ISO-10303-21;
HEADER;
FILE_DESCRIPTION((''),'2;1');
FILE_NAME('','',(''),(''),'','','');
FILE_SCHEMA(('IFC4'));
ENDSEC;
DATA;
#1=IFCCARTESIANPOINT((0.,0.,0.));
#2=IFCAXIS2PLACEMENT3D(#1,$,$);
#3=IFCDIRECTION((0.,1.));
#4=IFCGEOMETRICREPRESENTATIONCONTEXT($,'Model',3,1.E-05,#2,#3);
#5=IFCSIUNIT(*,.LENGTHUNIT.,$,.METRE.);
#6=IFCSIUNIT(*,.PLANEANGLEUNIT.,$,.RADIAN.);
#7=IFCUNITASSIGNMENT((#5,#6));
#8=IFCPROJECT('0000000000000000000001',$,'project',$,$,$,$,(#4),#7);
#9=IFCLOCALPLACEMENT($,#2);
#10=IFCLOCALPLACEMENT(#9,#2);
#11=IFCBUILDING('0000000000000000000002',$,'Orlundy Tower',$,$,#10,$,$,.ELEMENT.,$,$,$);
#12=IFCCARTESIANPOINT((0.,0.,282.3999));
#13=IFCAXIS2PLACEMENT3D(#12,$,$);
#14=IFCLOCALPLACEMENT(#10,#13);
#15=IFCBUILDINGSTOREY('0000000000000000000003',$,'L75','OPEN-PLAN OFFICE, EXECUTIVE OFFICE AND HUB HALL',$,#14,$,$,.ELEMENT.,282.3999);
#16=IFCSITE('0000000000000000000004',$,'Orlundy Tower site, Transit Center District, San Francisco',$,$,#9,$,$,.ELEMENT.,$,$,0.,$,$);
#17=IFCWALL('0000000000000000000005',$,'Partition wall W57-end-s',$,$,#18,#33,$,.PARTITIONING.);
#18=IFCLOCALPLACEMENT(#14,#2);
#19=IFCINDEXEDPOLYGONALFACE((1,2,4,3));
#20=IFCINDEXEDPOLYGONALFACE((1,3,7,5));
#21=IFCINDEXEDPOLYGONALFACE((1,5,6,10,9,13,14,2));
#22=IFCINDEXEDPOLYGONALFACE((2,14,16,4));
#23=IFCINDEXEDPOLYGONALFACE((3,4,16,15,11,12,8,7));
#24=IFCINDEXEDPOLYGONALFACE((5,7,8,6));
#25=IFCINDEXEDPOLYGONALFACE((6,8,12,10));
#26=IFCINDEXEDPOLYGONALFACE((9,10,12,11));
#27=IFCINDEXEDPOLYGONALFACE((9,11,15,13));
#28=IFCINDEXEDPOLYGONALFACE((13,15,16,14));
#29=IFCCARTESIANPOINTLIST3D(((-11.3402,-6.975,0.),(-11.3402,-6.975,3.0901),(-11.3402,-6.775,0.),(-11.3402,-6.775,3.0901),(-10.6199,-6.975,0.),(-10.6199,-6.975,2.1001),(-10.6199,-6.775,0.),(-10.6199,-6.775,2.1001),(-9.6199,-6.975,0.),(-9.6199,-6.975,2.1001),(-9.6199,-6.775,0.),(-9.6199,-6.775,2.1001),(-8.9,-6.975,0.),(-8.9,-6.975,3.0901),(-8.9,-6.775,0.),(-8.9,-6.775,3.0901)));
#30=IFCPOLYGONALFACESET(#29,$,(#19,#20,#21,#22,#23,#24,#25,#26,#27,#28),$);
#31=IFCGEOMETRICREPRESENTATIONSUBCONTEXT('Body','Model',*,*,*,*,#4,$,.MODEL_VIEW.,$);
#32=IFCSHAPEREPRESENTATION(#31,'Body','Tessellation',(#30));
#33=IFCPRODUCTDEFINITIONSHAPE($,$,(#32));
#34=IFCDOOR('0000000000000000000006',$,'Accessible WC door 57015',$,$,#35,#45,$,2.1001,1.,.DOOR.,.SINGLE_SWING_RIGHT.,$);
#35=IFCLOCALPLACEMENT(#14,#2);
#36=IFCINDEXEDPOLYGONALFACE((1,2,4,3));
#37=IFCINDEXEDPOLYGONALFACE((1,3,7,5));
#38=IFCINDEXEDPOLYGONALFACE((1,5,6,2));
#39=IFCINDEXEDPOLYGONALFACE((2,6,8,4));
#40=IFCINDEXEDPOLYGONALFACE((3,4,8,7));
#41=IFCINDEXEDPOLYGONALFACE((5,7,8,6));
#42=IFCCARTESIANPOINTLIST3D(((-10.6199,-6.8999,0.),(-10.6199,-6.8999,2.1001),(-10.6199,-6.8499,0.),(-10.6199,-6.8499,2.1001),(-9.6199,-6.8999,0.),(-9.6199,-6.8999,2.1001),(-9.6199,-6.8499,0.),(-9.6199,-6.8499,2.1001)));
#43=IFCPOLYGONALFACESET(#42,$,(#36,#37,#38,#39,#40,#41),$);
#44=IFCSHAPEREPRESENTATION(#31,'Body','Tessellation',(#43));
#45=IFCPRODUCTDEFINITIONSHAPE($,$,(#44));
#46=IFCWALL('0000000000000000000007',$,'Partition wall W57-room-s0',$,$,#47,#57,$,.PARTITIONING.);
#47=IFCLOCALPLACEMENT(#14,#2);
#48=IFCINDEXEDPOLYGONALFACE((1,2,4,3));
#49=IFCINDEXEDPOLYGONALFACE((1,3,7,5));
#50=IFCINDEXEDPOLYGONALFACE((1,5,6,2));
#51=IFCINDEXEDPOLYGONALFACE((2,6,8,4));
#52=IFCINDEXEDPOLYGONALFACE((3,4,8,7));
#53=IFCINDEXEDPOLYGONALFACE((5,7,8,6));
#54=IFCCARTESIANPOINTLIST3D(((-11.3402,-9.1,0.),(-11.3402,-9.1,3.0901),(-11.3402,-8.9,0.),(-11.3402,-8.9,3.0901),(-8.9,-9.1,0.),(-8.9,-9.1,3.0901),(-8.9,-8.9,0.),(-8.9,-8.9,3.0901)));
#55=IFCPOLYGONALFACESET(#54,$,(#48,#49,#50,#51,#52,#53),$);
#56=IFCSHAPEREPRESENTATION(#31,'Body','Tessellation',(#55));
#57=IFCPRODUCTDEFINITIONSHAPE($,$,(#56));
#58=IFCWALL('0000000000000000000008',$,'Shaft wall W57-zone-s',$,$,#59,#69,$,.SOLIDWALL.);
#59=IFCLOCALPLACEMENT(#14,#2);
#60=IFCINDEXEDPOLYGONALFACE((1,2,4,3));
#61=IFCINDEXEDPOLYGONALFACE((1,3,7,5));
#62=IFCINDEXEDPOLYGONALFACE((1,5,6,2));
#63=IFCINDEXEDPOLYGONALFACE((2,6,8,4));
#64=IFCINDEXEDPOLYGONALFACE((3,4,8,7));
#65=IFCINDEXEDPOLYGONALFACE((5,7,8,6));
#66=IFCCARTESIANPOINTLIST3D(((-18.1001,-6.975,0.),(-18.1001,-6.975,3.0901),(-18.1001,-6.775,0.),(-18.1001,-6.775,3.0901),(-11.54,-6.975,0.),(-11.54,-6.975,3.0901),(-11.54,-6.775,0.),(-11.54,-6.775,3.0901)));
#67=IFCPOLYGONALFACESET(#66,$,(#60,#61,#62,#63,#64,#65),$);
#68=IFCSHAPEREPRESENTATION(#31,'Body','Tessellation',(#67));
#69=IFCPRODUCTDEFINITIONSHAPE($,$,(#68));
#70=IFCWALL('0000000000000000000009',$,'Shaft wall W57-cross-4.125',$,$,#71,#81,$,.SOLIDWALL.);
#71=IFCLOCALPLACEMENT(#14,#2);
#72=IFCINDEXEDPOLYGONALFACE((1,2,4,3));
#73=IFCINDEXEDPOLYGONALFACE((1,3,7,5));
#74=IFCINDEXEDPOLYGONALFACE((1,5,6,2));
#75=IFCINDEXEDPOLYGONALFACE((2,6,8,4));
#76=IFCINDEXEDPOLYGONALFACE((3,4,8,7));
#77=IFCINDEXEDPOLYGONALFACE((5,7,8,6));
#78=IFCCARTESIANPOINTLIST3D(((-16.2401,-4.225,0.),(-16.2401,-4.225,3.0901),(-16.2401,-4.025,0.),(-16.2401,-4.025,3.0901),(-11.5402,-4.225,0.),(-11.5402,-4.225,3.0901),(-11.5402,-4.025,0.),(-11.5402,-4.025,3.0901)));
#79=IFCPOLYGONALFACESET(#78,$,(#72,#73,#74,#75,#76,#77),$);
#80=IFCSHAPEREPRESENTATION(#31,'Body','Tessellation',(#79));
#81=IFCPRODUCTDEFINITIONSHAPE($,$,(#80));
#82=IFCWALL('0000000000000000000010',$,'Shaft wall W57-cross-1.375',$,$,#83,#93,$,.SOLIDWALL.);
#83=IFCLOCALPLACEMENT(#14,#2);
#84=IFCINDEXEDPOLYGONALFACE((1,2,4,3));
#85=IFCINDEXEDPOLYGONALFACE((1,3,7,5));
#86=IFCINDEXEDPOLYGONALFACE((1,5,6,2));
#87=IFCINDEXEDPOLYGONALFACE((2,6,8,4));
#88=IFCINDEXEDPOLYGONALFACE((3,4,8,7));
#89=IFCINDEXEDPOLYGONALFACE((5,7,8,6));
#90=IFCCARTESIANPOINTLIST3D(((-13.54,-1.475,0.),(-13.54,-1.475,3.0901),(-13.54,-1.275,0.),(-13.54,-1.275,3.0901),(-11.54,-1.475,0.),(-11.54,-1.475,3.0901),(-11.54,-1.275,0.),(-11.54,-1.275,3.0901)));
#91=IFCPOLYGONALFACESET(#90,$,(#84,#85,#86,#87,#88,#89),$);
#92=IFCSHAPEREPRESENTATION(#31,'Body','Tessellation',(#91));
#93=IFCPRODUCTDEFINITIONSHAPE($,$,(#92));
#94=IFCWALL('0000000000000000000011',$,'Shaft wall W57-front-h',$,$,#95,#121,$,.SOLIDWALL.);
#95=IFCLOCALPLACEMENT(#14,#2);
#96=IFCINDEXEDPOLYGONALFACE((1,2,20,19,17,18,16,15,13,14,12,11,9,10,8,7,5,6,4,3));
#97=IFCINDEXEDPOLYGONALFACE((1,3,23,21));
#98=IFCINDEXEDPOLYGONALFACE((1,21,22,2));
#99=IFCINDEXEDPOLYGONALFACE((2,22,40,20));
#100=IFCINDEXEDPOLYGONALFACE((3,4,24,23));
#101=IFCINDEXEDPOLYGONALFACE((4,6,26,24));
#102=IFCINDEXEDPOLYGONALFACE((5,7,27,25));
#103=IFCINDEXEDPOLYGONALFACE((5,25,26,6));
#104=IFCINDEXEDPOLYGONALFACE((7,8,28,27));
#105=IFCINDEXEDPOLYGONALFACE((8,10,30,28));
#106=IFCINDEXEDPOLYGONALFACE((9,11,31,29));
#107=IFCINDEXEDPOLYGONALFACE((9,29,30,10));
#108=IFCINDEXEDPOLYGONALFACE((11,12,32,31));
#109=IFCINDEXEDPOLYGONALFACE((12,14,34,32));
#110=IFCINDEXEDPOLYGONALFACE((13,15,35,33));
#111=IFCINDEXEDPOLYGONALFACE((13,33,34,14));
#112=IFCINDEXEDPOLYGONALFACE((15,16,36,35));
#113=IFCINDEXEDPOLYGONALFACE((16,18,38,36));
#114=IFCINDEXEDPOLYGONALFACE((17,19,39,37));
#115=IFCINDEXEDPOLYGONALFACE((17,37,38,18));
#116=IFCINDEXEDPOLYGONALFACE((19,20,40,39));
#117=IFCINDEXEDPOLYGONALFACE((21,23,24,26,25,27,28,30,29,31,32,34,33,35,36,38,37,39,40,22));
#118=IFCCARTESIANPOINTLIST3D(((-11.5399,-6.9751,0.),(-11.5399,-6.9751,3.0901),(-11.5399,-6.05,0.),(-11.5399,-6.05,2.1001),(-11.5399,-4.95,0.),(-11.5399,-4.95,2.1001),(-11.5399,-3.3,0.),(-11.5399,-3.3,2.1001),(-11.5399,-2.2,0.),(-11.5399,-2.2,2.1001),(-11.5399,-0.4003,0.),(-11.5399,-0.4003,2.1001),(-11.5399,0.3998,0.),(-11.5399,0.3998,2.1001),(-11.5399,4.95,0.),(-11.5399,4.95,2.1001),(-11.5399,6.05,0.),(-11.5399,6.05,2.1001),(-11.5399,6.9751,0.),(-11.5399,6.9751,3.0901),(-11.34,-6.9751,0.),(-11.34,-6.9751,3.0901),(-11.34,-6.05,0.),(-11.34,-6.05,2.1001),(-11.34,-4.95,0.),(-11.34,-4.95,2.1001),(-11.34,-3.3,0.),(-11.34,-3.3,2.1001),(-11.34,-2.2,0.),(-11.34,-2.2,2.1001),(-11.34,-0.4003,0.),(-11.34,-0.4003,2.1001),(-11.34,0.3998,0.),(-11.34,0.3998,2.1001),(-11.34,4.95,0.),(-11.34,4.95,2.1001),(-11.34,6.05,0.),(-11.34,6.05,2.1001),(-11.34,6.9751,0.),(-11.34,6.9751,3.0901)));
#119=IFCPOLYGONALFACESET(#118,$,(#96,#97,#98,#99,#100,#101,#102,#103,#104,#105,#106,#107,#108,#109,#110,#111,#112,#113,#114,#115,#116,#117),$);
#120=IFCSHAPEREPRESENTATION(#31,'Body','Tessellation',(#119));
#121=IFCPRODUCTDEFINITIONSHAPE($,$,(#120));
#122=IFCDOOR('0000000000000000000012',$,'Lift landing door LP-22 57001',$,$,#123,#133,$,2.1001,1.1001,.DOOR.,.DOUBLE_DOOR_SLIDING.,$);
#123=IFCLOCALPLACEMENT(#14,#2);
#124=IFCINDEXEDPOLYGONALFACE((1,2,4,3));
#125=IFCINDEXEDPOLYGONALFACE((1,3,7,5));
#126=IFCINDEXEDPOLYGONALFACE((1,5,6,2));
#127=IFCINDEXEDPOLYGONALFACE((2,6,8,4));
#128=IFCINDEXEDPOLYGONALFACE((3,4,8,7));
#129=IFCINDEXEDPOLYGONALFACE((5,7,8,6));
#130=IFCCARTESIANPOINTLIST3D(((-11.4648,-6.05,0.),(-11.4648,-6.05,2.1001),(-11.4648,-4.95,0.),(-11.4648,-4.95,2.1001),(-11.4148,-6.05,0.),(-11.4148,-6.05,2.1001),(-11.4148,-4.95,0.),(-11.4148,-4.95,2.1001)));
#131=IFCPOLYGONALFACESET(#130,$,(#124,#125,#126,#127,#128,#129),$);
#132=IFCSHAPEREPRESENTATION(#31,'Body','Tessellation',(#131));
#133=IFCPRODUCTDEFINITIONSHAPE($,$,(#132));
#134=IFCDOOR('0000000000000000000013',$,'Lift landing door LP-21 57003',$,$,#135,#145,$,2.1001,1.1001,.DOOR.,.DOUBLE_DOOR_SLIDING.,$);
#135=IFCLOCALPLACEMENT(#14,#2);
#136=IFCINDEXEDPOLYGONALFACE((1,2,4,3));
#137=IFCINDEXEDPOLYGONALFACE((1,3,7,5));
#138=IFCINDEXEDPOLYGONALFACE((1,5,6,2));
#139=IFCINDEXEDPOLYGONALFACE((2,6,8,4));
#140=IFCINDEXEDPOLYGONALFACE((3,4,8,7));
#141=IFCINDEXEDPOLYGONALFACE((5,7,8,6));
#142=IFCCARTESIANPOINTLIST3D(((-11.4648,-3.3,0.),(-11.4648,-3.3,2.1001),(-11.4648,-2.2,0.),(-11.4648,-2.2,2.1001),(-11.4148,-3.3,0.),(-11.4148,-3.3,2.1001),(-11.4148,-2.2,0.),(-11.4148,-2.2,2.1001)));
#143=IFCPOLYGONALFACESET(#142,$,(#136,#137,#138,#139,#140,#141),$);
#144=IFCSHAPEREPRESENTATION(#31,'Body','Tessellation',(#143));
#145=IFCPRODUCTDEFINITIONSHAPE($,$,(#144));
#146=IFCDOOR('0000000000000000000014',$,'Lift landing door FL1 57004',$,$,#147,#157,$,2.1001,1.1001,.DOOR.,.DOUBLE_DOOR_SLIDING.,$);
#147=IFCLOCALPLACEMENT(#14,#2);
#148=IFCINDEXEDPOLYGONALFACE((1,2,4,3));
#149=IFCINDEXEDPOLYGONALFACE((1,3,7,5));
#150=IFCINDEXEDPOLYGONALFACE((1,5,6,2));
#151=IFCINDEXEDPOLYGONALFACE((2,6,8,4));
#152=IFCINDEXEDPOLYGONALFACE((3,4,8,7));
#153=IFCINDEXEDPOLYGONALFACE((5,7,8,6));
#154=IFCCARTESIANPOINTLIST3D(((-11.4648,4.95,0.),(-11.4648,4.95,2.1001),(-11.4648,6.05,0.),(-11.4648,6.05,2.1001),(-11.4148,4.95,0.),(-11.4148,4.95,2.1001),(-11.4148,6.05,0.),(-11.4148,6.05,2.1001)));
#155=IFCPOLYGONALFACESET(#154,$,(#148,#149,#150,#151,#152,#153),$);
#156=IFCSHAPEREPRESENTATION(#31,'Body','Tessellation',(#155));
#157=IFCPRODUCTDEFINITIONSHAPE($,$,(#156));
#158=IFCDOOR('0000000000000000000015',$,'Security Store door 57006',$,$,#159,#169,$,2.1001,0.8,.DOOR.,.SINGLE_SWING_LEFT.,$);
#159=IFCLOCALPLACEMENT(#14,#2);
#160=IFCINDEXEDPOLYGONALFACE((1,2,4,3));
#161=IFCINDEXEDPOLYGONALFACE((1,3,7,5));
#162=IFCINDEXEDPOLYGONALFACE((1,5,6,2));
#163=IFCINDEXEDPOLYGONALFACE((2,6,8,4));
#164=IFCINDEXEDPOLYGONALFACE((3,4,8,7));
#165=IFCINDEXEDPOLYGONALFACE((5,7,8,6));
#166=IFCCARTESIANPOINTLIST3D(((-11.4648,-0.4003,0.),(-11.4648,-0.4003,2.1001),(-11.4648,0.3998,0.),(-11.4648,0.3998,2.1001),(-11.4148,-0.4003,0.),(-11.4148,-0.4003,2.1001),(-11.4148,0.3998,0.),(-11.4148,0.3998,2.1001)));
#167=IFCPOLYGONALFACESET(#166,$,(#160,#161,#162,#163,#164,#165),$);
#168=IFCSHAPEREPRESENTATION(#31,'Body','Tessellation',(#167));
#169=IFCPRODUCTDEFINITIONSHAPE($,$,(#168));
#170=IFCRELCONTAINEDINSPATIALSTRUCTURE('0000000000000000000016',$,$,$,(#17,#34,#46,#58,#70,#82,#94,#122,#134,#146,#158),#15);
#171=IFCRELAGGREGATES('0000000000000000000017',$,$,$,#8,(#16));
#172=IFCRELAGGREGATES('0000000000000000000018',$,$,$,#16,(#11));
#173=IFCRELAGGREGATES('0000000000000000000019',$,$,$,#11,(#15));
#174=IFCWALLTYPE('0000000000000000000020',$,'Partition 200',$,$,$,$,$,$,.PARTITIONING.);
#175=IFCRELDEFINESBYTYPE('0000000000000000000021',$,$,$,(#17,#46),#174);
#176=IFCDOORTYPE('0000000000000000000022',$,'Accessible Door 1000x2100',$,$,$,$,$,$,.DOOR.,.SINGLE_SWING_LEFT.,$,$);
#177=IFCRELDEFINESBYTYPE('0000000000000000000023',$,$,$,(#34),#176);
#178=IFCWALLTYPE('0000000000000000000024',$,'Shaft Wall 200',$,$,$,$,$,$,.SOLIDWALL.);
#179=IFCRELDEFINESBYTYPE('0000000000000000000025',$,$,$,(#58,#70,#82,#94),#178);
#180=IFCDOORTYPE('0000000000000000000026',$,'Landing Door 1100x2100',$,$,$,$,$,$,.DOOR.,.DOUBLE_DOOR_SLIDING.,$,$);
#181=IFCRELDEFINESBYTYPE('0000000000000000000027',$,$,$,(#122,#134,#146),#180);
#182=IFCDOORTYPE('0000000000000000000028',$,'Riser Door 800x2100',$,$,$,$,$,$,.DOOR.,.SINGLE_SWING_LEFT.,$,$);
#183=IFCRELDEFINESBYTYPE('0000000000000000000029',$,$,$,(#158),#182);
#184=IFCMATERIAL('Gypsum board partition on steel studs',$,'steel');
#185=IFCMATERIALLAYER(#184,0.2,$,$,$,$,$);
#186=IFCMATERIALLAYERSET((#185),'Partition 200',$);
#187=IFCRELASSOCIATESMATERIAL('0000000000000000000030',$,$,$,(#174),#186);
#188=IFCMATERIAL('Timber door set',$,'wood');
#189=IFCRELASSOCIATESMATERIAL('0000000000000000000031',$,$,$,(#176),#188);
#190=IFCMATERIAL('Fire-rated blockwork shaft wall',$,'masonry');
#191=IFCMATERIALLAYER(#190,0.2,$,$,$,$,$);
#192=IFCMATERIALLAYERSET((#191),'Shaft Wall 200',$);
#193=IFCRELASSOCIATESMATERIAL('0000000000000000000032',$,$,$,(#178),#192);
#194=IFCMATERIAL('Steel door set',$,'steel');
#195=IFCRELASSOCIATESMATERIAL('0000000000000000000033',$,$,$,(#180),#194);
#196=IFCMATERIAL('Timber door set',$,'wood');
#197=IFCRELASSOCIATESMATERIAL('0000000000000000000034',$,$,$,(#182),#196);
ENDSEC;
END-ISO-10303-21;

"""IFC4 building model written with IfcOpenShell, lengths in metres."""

from ifc_helpers import new_model, si_unit, direction, frame, frame_2d, origin, place, context, subcontext, project, spatial, rectangle, extrude, material, layer, layer_set, type_object, element, fill, save


model = new_model("IFC4")

# Units and contexts
model_context = context("Model", 3, precision=1e-05, world=origin(), true_north=direction((0.0, 1.0)))
body_context = subcontext(model_context, "Body", "Model", "MODEL_VIEW")
ifc_project = project(units=[si_unit("LENGTHUNIT", "METRE"), si_unit("PLANEANGLEUNIT", "RADIAN")], contexts=[model_context])

# Site, building, storey
site_placement = place(None, origin())
site = spatial("IfcSite", under=ifc_project, at=site_placement, Name="Orlundy Tower site, Transit Center District, San Francisco", CompositionType="ELEMENT", RefElevation=0.0)
building_placement = place(site_placement, origin())
building = spatial("IfcBuilding", under=site, at=building_placement, Name="Orlundy Tower", CompositionType="ELEMENT")
storey_placement = place(building_placement, frame((0.0, 0.0, 282.3999)))
storey = spatial("IfcBuildingStorey", under=building, at=storey_placement, Name="L75", Description="OPEN-PLAN OFFICE, EXECUTIVE OFFICE AND HUB HALL", CompositionType="ELEMENT", Elevation=282.3999)

# Wall, opening, door
ifc_material_1 = material(Name="Gypsum board partition on steel studs", Category="steel")
ifc_layer_1 = layer(ifc_material_1, 0.2)
ifc_layer_set_1 = layer_set([ifc_layer_1], Name="Partition 200")
wall_type_1 = type_object("IfcWallType", Name="Partition 200", PredefinedType="PARTITIONING", material=ifc_layer_set_1)
wall_1_placement = place(storey_placement, frame((-8.8999, -6.875, 0.0), z_axis=(0.0, 0.0, 1.0), x_axis=(-1.0, 0.0, 0.0)))
wall_1 = element("IfcWall", 1, at=wall_1_placement, inside=storey, type_object=wall_type_1, Name="Partition wall W57-end-s", PredefinedType="PARTITIONING", context=body_context, shape_type="SweptSolid", body=[
    extrude(rectangle(XDim=2.4402, YDim=0.2, at=frame_2d((1.2202, 0.0))), origin(), (0.0, 0.0, 1.0), 3.0901),
])
opening_1_placement = place(wall_1_placement, frame((0.72, 0.0, 0.0)))
opening_1 = element("IfcOpeningElement", 2, at=opening_1_placement, cuts=wall_1, PredefinedType="OPENING", context=body_context, shape_type="SweptSolid", body=[
    extrude(rectangle(XDim=1.0, YDim=2.1001, at=frame_2d((0.5, 1.05))), frame((0.0, 0.1101, 0.0), z_axis=(0.0, -1.0, 0.0), x_axis=(1.0, 0.0, 0.0)), (0.0, 0.0, 1.0), 0.2202),
])
ifc_material_2 = material(Name="Timber door set", Category="wood")
door_type_1 = type_object("IfcDoorType", Name="Accessible Door 1000x2100", OperationType="SINGLE_SWING_LEFT", PredefinedType="DOOR", material=ifc_material_2)
door_1_placement = place(opening_1_placement, origin())
door_1 = element("IfcDoor", 3, at=door_1_placement, inside=storey, type_object=door_type_1, Name="Accessible WC door 57015", OperationType="SINGLE_SWING_RIGHT", OverallHeight=2.1001, OverallWidth=1.0, PredefinedType="DOOR", context=body_context, shape_type="SweptSolid", body=[
    extrude(rectangle(XDim=1.0, YDim=2.1001, at=frame_2d((0.5, 1.05))), frame((0.0, 0.0249, 0.0), z_axis=(0.0, -1.0, 0.0), x_axis=(1.0, 0.0, 0.0)), (0.0, 0.0, 1.0), 0.05),
])
fill(opening_1, door_1)

# Walls
wall_2_placement = place(storey_placement, frame((-8.8999, -9.0, 0.0), z_axis=(0.0, 0.0, 1.0), x_axis=(-1.0, 0.0, 0.0)))
element("IfcWall", 4, at=wall_2_placement, inside=storey, type_object=wall_type_1, Name="Partition wall W57-room-s0", PredefinedType="PARTITIONING", context=body_context, shape_type="SweptSolid", body=[
    extrude(rectangle(XDim=2.4402, YDim=0.2, at=frame_2d((1.2202, 0.0))), origin(), (0.0, 0.0, 1.0), 3.0901),
])
ifc_material_3 = material(Name="Fire-rated blockwork shaft wall", Category="masonry")
ifc_layer_2 = layer(ifc_material_3, 0.2)
ifc_layer_set_2 = layer_set([ifc_layer_2], Name="Shaft Wall 200")
wall_type_2 = type_object("IfcWallType", Name="Shaft Wall 200", PredefinedType="SOLIDWALL", material=ifc_layer_set_2)
wall_3_placement = place(storey_placement, frame((-11.54, -6.875, 0.0), z_axis=(0.0, 0.0, 1.0), x_axis=(-1.0, 0.0, 0.0)))
element("IfcWall", 5, at=wall_3_placement, inside=storey, type_object=wall_type_2, Name="Shaft wall W57-zone-s", PredefinedType="SOLIDWALL", context=body_context, shape_type="SweptSolid", body=[
    extrude(rectangle(XDim=6.5601, YDim=0.2, at=frame_2d((3.28, 0.0))), origin(), (0.0, 0.0, 1.0), 3.0901),
])
wall_4_placement = place(storey_placement, frame((-11.54, -4.125, 0.0), z_axis=(0.0, 0.0, 1.0), x_axis=(-1.0, 0.0, 0.0)))
element("IfcWall", 6, at=wall_4_placement, inside=storey, type_object=wall_type_2, Name="Shaft wall W57-cross-4.125", PredefinedType="SOLIDWALL", context=body_context, shape_type="SweptSolid", body=[
    extrude(rectangle(XDim=4.7, YDim=0.2, at=frame_2d((2.3501, 0.0))), origin(), (0.0, 0.0, 1.0), 3.0901),
])
wall_5_placement = place(storey_placement, frame((-11.54, -1.375, 0.0), z_axis=(0.0, 0.0, 1.0), x_axis=(-1.0, 0.0, 0.0)))
element("IfcWall", 7, at=wall_5_placement, inside=storey, type_object=wall_type_2, Name="Shaft wall W57-cross-1.375", PredefinedType="SOLIDWALL", context=body_context, shape_type="SweptSolid", body=[
    extrude(rectangle(XDim=2.0, YDim=0.2, at=frame_2d((1.0, 0.0))), origin(), (0.0, 0.0, 1.0), 3.0901),
])

# Wall, openings, doors
wall_6_placement = place(storey_placement, frame((-11.4399, -6.9751, 0.0), z_axis=(0.0, 0.0, 1.0), x_axis=(0.0, 1.0, 0.0)))
wall_6 = element("IfcWall", 8, at=wall_6_placement, inside=storey, type_object=wall_type_2, Name="Shaft wall W57-front-h", PredefinedType="SOLIDWALL", context=body_context, shape_type="SweptSolid", body=[
    extrude(rectangle(XDim=13.9502, YDim=0.2, at=frame_2d((6.9751, 0.0))), origin(), (0.0, 0.0, 1.0), 3.0901),
])
opening_2_placement = place(wall_6_placement, frame((0.925, 0.0, 0.0)))
opening_2 = element("IfcOpeningElement", 9, at=opening_2_placement, cuts=wall_6, PredefinedType="OPENING", context=body_context, shape_type="SweptSolid", body=[
    extrude(rectangle(XDim=1.1001, YDim=2.1001, at=frame_2d((0.55, 1.05))), frame((0.0, 0.1101, 0.0), z_axis=(0.0, -1.0, 0.0), x_axis=(1.0, 0.0, 0.0)), (0.0, 0.0, 1.0), 0.2202),
])
opening_3_placement = place(wall_6_placement, frame((3.675, 0.0, 0.0)))
opening_3 = element("IfcOpeningElement", 10, at=opening_3_placement, cuts=wall_6, PredefinedType="OPENING", context=body_context, shape_type="SweptSolid", body=[
    extrude(rectangle(XDim=1.1001, YDim=2.1001, at=frame_2d((0.55, 1.05))), frame((0.0, 0.1101, 0.0), z_axis=(0.0, -1.0, 0.0), x_axis=(1.0, 0.0, 0.0)), (0.0, 0.0, 1.0), 0.2202),
])
opening_4_placement = place(wall_6_placement, frame((11.925, 0.0, 0.0)))
opening_4 = element("IfcOpeningElement", 11, at=opening_4_placement, cuts=wall_6, PredefinedType="OPENING", context=body_context, shape_type="SweptSolid", body=[
    extrude(rectangle(XDim=1.1001, YDim=2.1001, at=frame_2d((0.55, 1.05))), frame((0.0, 0.1101, 0.0), z_axis=(0.0, -1.0, 0.0), x_axis=(1.0, 0.0, 0.0)), (0.0, 0.0, 1.0), 0.2202),
])
opening_5_placement = place(wall_6_placement, frame((6.575, 0.0, 0.0)))
opening_5 = element("IfcOpeningElement", 12, at=opening_5_placement, cuts=wall_6, PredefinedType="OPENING", context=body_context, shape_type="SweptSolid", body=[
    extrude(rectangle(XDim=0.8, YDim=2.1001, at=frame_2d((0.3999, 1.05))), frame((0.0, 0.1101, 0.0), z_axis=(0.0, -1.0, 0.0), x_axis=(1.0, 0.0, 0.0)), (0.0, 0.0, 1.0), 0.2202),
])
ifc_material_4 = material(Name="Steel door set", Category="steel")
door_type_2 = type_object("IfcDoorType", Name="Landing Door 1100x2100", OperationType="DOUBLE_DOOR_SLIDING", PredefinedType="DOOR", material=ifc_material_4)
door_2_placement = place(opening_2_placement, origin())
door_2 = element("IfcDoor", 13, at=door_2_placement, inside=storey, type_object=door_type_2, Name="Lift landing door LP-22 57001", OperationType="DOUBLE_DOOR_SLIDING", OverallHeight=2.1001, OverallWidth=1.1001, PredefinedType="DOOR", context=body_context, shape_type="SweptSolid", body=[
    extrude(rectangle(XDim=1.1001, YDim=2.1001, at=frame_2d((0.55, 1.05))), frame((0.0, 0.0249, 0.0), z_axis=(0.0, -1.0, 0.0), x_axis=(1.0, 0.0, 0.0)), (0.0, 0.0, 1.0), 0.05),
])
fill(opening_2, door_2)
door_3_placement = place(opening_3_placement, origin())
door_3 = element("IfcDoor", 14, at=door_3_placement, inside=storey, type_object=door_type_2, Name="Lift landing door LP-21 57003", OperationType="DOUBLE_DOOR_SLIDING", OverallHeight=2.1001, OverallWidth=1.1001, PredefinedType="DOOR", context=body_context, shape_type="SweptSolid", body=[
    extrude(rectangle(XDim=1.1001, YDim=2.1001, at=frame_2d((0.55, 1.05))), frame((0.0, 0.0249, 0.0), z_axis=(0.0, -1.0, 0.0), x_axis=(1.0, 0.0, 0.0)), (0.0, 0.0, 1.0), 0.05),
])
fill(opening_3, door_3)
door_4_placement = place(opening_4_placement, origin())
door_4 = element("IfcDoor", 15, at=door_4_placement, inside=storey, type_object=door_type_2, Name="Lift landing door FL1 57004", OperationType="DOUBLE_DOOR_SLIDING", OverallHeight=2.1001, OverallWidth=1.1001, PredefinedType="DOOR", context=body_context, shape_type="SweptSolid", body=[
    extrude(rectangle(XDim=1.1001, YDim=2.1001, at=frame_2d((0.55, 1.05))), frame((0.0, 0.0249, 0.0), z_axis=(0.0, -1.0, 0.0), x_axis=(1.0, 0.0, 0.0)), (0.0, 0.0, 1.0), 0.05),
])
fill(opening_4, door_4)
ifc_material_5 = material(Name="Timber door set", Category="wood")
door_type_3 = type_object("IfcDoorType", Name="Riser Door 800x2100", OperationType="SINGLE_SWING_LEFT", PredefinedType="DOOR", material=ifc_material_5)
door_5_placement = place(opening_5_placement, origin())
door_5 = element("IfcDoor", 16, at=door_5_placement, inside=storey, type_object=door_type_3, Name="Security Store door 57006", OperationType="SINGLE_SWING_LEFT", OverallHeight=2.1001, OverallWidth=0.8, PredefinedType="DOOR", context=body_context, shape_type="SweptSolid", body=[
    extrude(rectangle(XDim=0.8, YDim=2.1001, at=frame_2d((0.3999, 1.05))), frame((0.0, 0.0249, 0.0), z_axis=(0.0, -1.0, 0.0), x_axis=(1.0, 0.0, 0.0)), (0.0, 0.0, 1.0), 0.05),
])
fill(opening_5, door_5)

save(model, "model.ifc")
